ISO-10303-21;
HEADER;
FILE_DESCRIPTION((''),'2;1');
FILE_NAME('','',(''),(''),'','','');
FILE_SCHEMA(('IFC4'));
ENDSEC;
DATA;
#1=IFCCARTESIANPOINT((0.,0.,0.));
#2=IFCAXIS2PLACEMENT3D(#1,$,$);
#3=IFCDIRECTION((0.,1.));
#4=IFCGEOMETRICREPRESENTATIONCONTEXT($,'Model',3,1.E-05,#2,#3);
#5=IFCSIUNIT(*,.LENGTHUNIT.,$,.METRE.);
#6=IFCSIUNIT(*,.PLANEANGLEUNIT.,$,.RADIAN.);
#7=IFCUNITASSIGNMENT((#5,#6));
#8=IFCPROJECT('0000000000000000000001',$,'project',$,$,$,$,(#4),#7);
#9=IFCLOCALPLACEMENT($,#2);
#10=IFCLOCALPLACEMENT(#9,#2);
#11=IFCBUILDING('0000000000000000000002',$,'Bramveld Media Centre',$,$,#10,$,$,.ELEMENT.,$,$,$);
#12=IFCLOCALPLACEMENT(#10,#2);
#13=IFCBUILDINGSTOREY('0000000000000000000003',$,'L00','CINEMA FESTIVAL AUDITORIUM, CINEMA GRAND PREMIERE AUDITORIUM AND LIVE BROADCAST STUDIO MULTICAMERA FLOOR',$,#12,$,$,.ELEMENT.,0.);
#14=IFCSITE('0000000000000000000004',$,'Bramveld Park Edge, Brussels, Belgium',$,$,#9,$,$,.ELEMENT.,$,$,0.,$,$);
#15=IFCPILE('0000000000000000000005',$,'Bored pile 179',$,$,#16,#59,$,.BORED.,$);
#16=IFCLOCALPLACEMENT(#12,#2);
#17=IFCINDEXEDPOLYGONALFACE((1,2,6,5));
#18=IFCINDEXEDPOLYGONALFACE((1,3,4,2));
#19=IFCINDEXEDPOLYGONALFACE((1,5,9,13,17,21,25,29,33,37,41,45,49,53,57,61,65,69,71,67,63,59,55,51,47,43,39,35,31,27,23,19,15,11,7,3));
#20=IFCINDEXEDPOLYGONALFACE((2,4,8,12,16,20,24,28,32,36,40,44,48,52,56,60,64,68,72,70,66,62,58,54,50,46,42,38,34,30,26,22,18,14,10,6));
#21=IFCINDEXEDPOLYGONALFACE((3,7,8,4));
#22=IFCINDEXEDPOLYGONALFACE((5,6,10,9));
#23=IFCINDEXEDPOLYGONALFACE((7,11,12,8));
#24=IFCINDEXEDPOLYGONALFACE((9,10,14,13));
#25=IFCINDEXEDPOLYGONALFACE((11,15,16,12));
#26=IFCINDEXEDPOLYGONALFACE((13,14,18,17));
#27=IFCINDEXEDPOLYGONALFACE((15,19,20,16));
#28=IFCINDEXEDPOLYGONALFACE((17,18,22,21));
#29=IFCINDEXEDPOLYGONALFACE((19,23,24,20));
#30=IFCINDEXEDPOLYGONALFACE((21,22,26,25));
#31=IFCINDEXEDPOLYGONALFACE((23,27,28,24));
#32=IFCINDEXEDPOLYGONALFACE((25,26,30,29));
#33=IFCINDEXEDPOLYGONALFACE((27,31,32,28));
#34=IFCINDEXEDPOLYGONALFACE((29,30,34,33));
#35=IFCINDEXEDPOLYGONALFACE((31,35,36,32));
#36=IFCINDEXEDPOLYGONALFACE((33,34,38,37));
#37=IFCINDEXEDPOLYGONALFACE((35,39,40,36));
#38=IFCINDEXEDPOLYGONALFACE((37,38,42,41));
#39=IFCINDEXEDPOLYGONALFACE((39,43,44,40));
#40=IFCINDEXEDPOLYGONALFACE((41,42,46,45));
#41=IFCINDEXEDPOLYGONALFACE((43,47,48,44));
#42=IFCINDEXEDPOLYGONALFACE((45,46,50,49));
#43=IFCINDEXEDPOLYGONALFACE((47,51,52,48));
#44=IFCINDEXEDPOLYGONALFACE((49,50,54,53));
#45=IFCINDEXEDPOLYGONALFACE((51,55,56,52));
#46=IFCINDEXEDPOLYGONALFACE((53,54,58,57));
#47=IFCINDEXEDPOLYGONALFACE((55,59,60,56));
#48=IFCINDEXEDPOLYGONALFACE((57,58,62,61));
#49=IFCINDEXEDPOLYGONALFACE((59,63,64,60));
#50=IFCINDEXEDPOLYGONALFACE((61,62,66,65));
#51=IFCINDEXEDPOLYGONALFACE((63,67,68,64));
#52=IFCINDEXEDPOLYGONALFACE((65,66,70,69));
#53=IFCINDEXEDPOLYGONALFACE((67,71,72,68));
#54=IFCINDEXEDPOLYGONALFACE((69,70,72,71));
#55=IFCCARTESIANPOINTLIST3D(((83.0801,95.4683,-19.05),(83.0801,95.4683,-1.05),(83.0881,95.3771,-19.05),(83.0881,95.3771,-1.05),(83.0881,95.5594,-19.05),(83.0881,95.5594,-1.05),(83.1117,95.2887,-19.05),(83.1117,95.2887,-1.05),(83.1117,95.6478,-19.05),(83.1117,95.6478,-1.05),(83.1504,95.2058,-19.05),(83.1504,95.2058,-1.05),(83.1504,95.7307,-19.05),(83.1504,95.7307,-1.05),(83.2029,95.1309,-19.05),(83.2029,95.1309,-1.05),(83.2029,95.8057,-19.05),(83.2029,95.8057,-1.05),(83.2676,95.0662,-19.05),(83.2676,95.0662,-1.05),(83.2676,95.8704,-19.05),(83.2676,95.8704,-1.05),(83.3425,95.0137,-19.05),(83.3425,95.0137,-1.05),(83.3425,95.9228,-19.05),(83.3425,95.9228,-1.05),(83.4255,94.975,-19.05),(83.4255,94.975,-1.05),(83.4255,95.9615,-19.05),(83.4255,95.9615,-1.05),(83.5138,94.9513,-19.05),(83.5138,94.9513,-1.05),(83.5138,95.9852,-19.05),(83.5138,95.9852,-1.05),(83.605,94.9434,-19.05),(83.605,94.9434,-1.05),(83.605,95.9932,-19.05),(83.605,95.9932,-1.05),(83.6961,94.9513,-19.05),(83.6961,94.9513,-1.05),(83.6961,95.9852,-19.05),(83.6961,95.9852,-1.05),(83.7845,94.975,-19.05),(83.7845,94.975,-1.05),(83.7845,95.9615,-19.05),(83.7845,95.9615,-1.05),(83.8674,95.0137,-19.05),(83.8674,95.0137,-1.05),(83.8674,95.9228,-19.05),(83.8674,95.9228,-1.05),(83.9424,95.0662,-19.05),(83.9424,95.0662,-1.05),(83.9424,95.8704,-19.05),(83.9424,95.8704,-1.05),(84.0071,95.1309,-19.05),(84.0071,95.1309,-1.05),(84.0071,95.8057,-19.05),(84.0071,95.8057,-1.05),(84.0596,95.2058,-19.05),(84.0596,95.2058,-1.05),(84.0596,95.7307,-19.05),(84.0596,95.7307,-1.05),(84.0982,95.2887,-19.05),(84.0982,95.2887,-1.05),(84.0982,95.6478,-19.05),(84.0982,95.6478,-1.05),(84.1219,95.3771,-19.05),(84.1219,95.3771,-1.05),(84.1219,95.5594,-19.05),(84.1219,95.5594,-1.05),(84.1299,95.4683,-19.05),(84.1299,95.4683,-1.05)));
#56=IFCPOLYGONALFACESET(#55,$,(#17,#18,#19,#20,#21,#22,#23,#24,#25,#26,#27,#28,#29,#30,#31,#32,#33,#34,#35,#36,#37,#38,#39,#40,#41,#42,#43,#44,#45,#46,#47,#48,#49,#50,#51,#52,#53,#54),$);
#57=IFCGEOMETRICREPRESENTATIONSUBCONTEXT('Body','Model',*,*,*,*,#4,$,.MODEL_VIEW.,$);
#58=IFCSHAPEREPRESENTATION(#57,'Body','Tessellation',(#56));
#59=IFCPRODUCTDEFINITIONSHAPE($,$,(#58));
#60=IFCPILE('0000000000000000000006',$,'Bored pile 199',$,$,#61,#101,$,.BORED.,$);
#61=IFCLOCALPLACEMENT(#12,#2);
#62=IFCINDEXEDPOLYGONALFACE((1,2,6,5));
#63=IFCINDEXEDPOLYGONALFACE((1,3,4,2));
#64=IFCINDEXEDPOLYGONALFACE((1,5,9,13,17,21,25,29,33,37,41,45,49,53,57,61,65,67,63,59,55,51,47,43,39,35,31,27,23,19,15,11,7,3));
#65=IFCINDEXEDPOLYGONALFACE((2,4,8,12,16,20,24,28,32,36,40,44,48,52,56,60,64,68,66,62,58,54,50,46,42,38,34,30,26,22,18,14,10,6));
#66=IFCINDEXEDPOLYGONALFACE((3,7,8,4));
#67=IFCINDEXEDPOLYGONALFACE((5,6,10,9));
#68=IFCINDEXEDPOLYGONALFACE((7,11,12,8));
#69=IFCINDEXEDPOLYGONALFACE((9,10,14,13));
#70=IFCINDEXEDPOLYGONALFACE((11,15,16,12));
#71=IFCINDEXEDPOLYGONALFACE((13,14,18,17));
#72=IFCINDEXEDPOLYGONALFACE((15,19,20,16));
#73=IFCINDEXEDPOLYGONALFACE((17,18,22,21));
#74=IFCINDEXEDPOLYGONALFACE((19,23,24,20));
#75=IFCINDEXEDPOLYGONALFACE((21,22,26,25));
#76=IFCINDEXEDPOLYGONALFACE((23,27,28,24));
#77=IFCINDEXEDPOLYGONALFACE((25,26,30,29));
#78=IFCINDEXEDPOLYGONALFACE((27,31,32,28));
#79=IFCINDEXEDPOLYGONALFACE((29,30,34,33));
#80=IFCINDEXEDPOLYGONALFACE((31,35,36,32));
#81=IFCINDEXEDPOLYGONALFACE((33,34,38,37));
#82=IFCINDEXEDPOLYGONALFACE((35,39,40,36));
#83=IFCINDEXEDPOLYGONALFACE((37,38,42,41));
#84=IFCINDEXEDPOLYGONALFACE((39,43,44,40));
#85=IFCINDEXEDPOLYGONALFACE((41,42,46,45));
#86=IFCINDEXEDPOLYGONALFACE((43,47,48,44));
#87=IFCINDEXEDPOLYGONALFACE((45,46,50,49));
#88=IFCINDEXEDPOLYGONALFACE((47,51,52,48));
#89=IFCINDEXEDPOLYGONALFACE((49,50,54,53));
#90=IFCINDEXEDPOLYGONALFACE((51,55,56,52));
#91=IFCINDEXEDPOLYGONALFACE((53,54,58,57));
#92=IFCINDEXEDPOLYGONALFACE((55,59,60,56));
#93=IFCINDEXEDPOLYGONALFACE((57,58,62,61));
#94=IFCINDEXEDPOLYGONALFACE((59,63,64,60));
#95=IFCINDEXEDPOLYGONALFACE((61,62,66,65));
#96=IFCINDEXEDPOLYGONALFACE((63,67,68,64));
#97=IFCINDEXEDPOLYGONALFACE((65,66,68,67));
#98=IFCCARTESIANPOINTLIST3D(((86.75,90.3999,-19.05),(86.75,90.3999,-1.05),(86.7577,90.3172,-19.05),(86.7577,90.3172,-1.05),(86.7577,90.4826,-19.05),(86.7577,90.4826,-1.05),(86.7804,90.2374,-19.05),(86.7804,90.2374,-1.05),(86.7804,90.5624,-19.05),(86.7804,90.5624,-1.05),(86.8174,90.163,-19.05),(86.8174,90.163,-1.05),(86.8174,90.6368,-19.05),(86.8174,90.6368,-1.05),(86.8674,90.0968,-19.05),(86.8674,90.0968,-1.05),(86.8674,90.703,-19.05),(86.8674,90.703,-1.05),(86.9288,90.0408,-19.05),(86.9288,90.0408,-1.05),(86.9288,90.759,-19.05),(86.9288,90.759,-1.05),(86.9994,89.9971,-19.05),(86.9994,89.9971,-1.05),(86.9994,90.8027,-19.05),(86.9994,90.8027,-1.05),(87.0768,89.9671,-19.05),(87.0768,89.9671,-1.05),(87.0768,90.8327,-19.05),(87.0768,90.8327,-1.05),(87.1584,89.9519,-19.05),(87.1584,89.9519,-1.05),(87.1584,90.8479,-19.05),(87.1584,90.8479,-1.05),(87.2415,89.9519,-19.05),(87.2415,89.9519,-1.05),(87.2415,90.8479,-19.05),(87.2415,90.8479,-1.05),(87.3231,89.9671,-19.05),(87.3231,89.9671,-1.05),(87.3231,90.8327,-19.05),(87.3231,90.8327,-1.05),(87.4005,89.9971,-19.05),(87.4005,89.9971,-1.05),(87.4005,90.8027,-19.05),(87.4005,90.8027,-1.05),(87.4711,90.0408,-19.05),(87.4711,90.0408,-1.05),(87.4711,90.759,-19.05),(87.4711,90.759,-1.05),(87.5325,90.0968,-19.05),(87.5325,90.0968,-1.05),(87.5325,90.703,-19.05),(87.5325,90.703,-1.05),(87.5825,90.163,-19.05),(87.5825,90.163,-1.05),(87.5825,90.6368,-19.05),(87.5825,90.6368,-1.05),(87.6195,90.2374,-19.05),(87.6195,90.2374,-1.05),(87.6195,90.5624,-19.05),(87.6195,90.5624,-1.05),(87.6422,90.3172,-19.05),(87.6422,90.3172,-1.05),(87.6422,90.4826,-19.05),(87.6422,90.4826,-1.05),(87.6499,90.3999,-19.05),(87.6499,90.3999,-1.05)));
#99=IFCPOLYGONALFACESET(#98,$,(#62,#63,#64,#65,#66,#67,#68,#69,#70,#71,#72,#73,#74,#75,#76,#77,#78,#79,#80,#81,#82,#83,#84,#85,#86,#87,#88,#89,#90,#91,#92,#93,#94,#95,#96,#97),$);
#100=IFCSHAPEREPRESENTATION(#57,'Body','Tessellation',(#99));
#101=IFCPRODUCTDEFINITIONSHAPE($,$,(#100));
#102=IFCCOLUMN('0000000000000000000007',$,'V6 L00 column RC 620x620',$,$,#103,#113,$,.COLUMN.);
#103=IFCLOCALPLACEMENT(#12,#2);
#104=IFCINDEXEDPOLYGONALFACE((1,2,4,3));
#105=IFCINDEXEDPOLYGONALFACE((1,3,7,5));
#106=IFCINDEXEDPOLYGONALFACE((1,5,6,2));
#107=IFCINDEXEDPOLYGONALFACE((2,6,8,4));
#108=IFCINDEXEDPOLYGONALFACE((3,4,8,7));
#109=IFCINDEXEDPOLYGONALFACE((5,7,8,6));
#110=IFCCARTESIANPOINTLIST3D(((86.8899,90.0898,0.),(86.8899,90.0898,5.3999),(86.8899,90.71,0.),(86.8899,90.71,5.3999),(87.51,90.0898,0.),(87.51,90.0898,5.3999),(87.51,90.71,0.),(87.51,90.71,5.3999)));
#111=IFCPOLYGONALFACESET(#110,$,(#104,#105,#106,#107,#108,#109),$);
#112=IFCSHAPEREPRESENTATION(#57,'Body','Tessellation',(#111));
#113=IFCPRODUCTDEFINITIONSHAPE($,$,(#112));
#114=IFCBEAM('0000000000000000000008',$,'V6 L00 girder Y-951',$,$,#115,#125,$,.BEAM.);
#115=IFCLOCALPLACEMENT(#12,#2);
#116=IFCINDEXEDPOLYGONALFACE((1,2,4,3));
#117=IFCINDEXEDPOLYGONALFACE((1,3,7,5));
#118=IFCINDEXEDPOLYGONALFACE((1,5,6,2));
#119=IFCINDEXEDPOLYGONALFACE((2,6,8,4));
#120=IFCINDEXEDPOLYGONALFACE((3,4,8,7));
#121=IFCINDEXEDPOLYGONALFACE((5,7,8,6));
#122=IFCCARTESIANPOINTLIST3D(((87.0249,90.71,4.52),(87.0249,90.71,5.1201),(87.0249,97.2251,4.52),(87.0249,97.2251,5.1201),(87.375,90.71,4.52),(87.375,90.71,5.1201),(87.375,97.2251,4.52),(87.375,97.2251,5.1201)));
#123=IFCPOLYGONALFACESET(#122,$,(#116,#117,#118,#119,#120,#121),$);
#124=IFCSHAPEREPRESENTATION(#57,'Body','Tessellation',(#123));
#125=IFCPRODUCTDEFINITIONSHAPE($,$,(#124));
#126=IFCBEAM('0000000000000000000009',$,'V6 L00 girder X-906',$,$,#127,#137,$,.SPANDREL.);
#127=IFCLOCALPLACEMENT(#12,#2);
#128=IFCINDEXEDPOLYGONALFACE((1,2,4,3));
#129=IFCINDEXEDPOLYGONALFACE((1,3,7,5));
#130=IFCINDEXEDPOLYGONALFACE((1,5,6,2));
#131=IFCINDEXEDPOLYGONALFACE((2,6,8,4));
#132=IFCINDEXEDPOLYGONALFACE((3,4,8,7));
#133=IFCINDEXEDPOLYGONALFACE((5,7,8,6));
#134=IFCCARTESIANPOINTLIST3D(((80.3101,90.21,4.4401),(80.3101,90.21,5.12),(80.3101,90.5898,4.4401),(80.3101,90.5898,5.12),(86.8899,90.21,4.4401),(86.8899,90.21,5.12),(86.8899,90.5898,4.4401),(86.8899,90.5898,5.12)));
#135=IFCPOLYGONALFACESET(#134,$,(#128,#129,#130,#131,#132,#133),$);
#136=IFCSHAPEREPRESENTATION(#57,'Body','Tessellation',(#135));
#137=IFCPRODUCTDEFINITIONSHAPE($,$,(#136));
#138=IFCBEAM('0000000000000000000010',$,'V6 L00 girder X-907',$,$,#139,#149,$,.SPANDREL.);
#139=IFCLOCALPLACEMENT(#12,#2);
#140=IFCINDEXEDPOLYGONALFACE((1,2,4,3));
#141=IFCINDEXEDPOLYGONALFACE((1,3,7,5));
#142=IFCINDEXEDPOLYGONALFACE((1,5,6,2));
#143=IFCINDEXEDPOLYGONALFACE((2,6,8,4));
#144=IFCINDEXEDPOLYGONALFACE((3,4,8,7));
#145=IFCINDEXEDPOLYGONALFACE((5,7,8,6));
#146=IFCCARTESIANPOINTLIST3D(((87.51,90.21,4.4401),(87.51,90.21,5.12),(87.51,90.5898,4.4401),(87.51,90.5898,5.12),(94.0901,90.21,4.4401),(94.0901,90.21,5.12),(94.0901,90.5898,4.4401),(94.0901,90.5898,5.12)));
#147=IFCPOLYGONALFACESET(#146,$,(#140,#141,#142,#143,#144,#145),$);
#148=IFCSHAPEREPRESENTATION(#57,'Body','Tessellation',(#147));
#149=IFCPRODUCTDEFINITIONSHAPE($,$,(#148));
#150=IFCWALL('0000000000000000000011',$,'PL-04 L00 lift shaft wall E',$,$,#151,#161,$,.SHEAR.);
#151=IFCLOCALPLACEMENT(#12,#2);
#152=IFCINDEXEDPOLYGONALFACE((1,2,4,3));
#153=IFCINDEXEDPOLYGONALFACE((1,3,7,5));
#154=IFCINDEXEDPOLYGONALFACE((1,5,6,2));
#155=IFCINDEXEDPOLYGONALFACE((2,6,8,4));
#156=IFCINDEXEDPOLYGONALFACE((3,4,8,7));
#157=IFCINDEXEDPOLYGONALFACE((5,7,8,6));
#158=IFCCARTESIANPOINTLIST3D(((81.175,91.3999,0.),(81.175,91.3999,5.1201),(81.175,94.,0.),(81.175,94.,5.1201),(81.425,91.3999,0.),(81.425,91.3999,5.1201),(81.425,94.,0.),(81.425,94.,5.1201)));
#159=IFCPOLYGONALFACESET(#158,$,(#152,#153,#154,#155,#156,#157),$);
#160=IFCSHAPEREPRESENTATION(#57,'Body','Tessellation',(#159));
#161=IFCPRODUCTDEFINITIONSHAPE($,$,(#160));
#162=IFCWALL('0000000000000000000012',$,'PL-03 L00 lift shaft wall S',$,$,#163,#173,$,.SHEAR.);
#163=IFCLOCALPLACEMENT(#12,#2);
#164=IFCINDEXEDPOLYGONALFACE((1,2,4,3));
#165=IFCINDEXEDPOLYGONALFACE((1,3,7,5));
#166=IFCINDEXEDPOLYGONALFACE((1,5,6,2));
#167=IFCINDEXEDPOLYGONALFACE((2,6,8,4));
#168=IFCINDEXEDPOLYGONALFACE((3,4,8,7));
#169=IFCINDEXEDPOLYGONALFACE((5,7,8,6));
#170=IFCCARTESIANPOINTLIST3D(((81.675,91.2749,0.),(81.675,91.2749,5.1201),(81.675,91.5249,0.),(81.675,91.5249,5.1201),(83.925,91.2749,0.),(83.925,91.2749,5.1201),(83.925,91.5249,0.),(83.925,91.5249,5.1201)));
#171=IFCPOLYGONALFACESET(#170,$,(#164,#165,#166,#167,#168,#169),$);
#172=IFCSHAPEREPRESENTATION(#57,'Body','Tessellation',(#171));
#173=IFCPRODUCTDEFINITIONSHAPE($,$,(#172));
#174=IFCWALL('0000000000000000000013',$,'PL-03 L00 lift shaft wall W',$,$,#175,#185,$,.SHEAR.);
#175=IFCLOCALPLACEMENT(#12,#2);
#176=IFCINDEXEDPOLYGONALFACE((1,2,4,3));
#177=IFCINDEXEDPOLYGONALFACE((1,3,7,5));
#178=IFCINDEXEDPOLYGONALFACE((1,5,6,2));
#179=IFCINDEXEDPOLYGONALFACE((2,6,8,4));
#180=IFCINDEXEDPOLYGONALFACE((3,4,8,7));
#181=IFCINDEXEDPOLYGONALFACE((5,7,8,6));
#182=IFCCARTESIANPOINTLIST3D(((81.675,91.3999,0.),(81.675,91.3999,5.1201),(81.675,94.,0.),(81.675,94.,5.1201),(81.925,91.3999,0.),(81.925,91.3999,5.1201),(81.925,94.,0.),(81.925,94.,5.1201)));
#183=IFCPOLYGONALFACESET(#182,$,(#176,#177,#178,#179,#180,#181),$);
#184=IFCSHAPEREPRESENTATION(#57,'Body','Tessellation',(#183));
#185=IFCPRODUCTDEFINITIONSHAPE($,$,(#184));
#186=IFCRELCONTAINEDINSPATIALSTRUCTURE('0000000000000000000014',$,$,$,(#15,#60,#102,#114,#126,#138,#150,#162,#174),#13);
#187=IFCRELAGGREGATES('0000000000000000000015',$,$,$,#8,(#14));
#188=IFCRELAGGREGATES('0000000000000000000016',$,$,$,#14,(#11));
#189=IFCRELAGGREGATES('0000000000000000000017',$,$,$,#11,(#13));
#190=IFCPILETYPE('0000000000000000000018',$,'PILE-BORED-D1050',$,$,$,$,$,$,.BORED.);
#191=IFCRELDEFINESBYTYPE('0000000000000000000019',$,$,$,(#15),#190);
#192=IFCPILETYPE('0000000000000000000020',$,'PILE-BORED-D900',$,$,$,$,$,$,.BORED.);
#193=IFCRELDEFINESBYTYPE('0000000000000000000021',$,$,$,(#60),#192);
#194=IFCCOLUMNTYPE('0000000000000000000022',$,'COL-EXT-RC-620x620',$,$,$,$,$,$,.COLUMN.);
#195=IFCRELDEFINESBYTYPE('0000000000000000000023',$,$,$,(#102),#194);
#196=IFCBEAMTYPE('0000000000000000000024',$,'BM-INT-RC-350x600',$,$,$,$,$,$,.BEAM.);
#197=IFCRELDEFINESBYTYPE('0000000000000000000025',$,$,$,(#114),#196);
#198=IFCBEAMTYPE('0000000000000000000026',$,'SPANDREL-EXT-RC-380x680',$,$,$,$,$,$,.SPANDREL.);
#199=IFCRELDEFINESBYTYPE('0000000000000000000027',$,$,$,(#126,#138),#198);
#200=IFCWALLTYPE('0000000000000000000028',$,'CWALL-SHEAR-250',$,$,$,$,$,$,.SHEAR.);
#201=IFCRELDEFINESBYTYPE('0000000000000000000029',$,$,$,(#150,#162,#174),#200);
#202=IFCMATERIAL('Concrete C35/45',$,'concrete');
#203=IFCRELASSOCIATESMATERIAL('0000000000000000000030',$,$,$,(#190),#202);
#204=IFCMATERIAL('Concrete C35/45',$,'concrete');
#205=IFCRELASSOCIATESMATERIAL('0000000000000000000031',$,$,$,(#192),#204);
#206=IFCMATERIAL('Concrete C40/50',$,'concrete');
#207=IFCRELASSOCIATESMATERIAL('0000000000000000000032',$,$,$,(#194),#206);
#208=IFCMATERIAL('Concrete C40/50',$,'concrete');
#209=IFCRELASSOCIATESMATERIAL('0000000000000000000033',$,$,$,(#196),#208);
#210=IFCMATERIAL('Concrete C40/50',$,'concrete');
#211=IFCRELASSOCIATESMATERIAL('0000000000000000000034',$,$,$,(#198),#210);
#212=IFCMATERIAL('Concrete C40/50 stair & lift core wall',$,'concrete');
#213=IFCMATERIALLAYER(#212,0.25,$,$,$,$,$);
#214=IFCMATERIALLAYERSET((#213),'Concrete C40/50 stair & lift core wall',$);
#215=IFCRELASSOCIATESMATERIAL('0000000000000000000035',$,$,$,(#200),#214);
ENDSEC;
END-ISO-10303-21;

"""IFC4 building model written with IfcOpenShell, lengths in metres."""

from ifc_helpers import new_model, si_unit, direction, frame, frame_2d, origin, origin_2d, place, context, subcontext, project, spatial, rectangle, circle, extrude, material, layer, layer_set, material_profile, profile_set, type_object, element, save


model = new_model("IFC4")

# Units and contexts
model_context = context("Model", 3, precision=1e-05, world=origin(), true_north=direction((0.0, 1.0)))
body_context = subcontext(model_context, "Body", "Model", "MODEL_VIEW")
ifc_project = project(units=[si_unit("LENGTHUNIT", "METRE"), si_unit("PLANEANGLEUNIT", "RADIAN")], contexts=[model_context])

# Site, building, storey
site_placement = place(None, origin())
site = spatial("IfcSite", under=ifc_project, at=site_placement, Name="Bramveld Park Edge, Brussels, Belgium", CompositionType="ELEMENT", RefElevation=0.0)
building_placement = place(site_placement, origin())
building = spatial("IfcBuilding", under=site, at=building_placement, Name="Bramveld Media Centre", CompositionType="ELEMENT")
storey_placement = place(building_placement, origin())
storey = spatial("IfcBuildingStorey", under=building, at=storey_placement, Name="L00", Description="CINEMA FESTIVAL AUDITORIUM, CINEMA GRAND PREMIERE AUDITORIUM AND LIVE BROADCAST STUDIO MULTICAMERA FLOOR", CompositionType="ELEMENT", Elevation=0.0)

# Piles
ifc_material_1 = material(Name="Concrete C35/45", Category="concrete")
ifc_material_profile_1 = material_profile(ifc_material_1, circle(Radius=0.5249, at=origin_2d()), Name="BORED D1050")
ifc_profile_set_1 = profile_set([ifc_material_profile_1], Name="Concrete C35/45")
pile_type_1 = type_object("IfcPileType", Name="PILE-BORED-D1050", PredefinedType="BORED", material=ifc_profile_set_1)
for number, where, z_axis, x_axis, name in (
    (1, (83.605, 95.4683, -1.05), (0.0, 0.0, -1.0), (1.0, 0.0, 0.0), "Bored pile 179"),
):
    element("IfcPile", number, at=place(storey_placement, frame(where, z_axis=z_axis, x_axis=x_axis)), inside=storey, type_object=pile_type_1, Name=name, PredefinedType="BORED", context=body_context, shape_type="SweptSolid", body=[
        extrude(circle(Radius=0.5249, at=origin_2d()), origin(), (0.0, 0.0, 1.0), 18.0),
    ])
ifc_material_2 = material(Name="Concrete C35/45", Category="concrete")
ifc_material_profile_2 = material_profile(ifc_material_2, circle(Radius=0.45, at=origin_2d()), Name="BORED D900")
ifc_profile_set_2 = profile_set([ifc_material_profile_2], Name="Concrete C35/45")
pile_type_2 = type_object("IfcPileType", Name="PILE-BORED-D900", PredefinedType="BORED", material=ifc_profile_set_2)
pile_placement = place(storey_placement, frame((87.2, 90.3999, -1.05), z_axis=(0.0, 0.0, -1.0), x_axis=(1.0, 0.0, 0.0)))
element("IfcPile", 2, at=pile_placement, inside=storey, type_object=pile_type_2, Name="Bored pile 199", PredefinedType="BORED", context=body_context, shape_type="SweptSolid", body=[
    extrude(circle(Radius=0.45, at=origin_2d()), origin(), (0.0, 0.0, 1.0), 18.0),
])

# Column
ifc_material_3 = material(Name="Concrete C40/50", Category="concrete")
ifc_material_profile_3 = material_profile(ifc_material_3, rectangle(XDim=0.6201, YDim=0.6201, at=origin_2d()), Name="RC 620x620")
ifc_profile_set_3 = profile_set([ifc_material_profile_3], Name="Concrete C40/50")
column_type = type_object("IfcColumnType", Name="COL-EXT-RC-620x620", PredefinedType="COLUMN", material=ifc_profile_set_3)
column_placement = place(storey_placement, frame((87.2, 90.3999, 0.0), z_axis=(0.0, 0.0, 1.0), x_axis=(1.0, 0.0, 0.0)))
element("IfcColumn", 3, at=column_placement, inside=storey, type_object=column_type, Name="V6 L00 column RC 620x620", PredefinedType="COLUMN", context=body_context, shape_type="SweptSolid", body=[
    extrude(rectangle(XDim=0.6201, YDim=0.6201, at=origin_2d()), origin(), (0.0, 0.0, 1.0), 5.3999),
])

# Beams
ifc_material_4 = material(Name="Concrete C40/50", Category="concrete")
ifc_material_profile_4 = material_profile(ifc_material_4, rectangle(XDim=0.3501, YDim=0.6001, at=origin_2d()), Name="RC 350x600")
ifc_profile_set_4 = profile_set([ifc_material_profile_4], Name="Concrete C40/50")
beam_type_1 = type_object("IfcBeamType", Name="BM-INT-RC-350x600", PredefinedType="BEAM", material=ifc_profile_set_4)
beam_1_placement = place(storey_placement, frame((87.2, 90.71, 4.8201), z_axis=(0.0, 1.0, 0.0), x_axis=(-1.0, 0.0, 0.0)))
element("IfcBeam", 4, at=beam_1_placement, inside=storey, type_object=beam_type_1, Name="V6 L00 girder Y-951", PredefinedType="BEAM", context=body_context, shape_type="SweptSolid", body=[
    extrude(rectangle(XDim=0.3501, YDim=0.6001, at=origin_2d()), origin(), (0.0, 0.0, 1.0), 6.5151),
])
ifc_material_5 = material(Name="Concrete C40/50", Category="concrete")
ifc_material_profile_5 = material_profile(ifc_material_5, rectangle(XDim=0.3799, YDim=0.6799, at=origin_2d()), Name="RC 380x680")
ifc_profile_set_5 = profile_set([ifc_material_profile_5], Name="Concrete C40/50")
beam_type_2 = type_object("IfcBeamType", Name="SPANDREL-EXT-RC-380x680", PredefinedType="SPANDREL", material=ifc_profile_set_5)
beam_2_placement = place(storey_placement, frame((80.3101, 90.3999, 4.78), z_axis=(1.0, 0.0, 0.0), x_axis=(0.0, 1.0, 0.0)))
element("IfcBeam", 5, at=beam_2_placement, inside=storey, type_object=beam_type_2, Name="V6 L00 girder X-906", PredefinedType="SPANDREL", context=body_context, shape_type="SweptSolid", body=[
    extrude(rectangle(XDim=0.3799, YDim=0.6799, at=origin_2d()), origin(), (0.0, 0.0, 1.0), 6.5798),
])
beam_3_placement = place(storey_placement, frame((87.51, 90.3999, 4.78), z_axis=(1.0, 0.0, 0.0), x_axis=(0.0, 1.0, 0.0)))
element("IfcBeam", 6, at=beam_3_placement, inside=storey, type_object=beam_type_2, Name="V6 L00 girder X-907", PredefinedType="SPANDREL", context=body_context, shape_type="SweptSolid", body=[
    extrude(rectangle(XDim=0.3799, YDim=0.6799, at=origin_2d()), origin(), (0.0, 0.0, 1.0), 6.5801),
])

# Shared definitions
ifc_material_6 = material(Name="Concrete C40/50 stair & lift core wall", Category="concrete")
ifc_layer_1 = layer(ifc_material_6, 0.25)
ifc_layer_set_1 = layer_set([ifc_layer_1], Name="Concrete C40/50 stair & lift core wall")
wall_type_1 = type_object("IfcWallType", Name="CWALL-SHEAR-250", PredefinedType="SHEAR", material=ifc_layer_set_1)

# Walls
wall_1_placement = place(storey_placement, frame((81.3, 91.3999, 0.0), z_axis=(0.0, 0.0, 1.0), x_axis=(0.0, 1.0, 0.0)))
element("IfcWall", 7, at=wall_1_placement, inside=storey, type_object=wall_type_1, Name="PL-04 L00 lift shaft wall E", PredefinedType="SHEAR", context=body_context, shape_type="SweptSolid", body=[
    extrude(rectangle(XDim=2.6001, YDim=0.25, at=frame_2d((1.3, 0.0))), origin(), (0.0, 0.0, 1.0), 5.1201),
])
wall_2_placement = place(storey_placement, frame((81.675, 91.3999, 0.0), z_axis=(0.0, 0.0, 1.0), x_axis=(1.0, 0.0, 0.0)))
element("IfcWall", 8, at=wall_2_placement, inside=storey, type_object=wall_type_1, Name="PL-03 L00 lift shaft wall S", PredefinedType="SHEAR", context=body_context, shape_type="SweptSolid", body=[
    extrude(rectangle(XDim=2.25, YDim=0.25, at=frame_2d((1.125, 0.0))), origin(), (0.0, 0.0, 1.0), 5.1201),
])

# Wall
for number, where, z_axis, x_axis, name in (
    (9, (81.8, 94.0, 0.0), (0.0, 0.0, 1.0), (0.0, -1.0, 0.0), "PL-03 L00 lift shaft wall W"),
):
    element("IfcWall", number, at=place(storey_placement, frame(where, z_axis=z_axis, x_axis=x_axis)), inside=storey, type_object=wall_type_1, Name=name, PredefinedType="SHEAR", context=body_context, shape_type="SweptSolid", body=[
        extrude(rectangle(XDim=2.6001, YDim=0.25, at=frame_2d((1.3, 0.0))), origin(), (0.0, 0.0, 1.0), 5.1201),
    ])

save(model, "model.ifc")
